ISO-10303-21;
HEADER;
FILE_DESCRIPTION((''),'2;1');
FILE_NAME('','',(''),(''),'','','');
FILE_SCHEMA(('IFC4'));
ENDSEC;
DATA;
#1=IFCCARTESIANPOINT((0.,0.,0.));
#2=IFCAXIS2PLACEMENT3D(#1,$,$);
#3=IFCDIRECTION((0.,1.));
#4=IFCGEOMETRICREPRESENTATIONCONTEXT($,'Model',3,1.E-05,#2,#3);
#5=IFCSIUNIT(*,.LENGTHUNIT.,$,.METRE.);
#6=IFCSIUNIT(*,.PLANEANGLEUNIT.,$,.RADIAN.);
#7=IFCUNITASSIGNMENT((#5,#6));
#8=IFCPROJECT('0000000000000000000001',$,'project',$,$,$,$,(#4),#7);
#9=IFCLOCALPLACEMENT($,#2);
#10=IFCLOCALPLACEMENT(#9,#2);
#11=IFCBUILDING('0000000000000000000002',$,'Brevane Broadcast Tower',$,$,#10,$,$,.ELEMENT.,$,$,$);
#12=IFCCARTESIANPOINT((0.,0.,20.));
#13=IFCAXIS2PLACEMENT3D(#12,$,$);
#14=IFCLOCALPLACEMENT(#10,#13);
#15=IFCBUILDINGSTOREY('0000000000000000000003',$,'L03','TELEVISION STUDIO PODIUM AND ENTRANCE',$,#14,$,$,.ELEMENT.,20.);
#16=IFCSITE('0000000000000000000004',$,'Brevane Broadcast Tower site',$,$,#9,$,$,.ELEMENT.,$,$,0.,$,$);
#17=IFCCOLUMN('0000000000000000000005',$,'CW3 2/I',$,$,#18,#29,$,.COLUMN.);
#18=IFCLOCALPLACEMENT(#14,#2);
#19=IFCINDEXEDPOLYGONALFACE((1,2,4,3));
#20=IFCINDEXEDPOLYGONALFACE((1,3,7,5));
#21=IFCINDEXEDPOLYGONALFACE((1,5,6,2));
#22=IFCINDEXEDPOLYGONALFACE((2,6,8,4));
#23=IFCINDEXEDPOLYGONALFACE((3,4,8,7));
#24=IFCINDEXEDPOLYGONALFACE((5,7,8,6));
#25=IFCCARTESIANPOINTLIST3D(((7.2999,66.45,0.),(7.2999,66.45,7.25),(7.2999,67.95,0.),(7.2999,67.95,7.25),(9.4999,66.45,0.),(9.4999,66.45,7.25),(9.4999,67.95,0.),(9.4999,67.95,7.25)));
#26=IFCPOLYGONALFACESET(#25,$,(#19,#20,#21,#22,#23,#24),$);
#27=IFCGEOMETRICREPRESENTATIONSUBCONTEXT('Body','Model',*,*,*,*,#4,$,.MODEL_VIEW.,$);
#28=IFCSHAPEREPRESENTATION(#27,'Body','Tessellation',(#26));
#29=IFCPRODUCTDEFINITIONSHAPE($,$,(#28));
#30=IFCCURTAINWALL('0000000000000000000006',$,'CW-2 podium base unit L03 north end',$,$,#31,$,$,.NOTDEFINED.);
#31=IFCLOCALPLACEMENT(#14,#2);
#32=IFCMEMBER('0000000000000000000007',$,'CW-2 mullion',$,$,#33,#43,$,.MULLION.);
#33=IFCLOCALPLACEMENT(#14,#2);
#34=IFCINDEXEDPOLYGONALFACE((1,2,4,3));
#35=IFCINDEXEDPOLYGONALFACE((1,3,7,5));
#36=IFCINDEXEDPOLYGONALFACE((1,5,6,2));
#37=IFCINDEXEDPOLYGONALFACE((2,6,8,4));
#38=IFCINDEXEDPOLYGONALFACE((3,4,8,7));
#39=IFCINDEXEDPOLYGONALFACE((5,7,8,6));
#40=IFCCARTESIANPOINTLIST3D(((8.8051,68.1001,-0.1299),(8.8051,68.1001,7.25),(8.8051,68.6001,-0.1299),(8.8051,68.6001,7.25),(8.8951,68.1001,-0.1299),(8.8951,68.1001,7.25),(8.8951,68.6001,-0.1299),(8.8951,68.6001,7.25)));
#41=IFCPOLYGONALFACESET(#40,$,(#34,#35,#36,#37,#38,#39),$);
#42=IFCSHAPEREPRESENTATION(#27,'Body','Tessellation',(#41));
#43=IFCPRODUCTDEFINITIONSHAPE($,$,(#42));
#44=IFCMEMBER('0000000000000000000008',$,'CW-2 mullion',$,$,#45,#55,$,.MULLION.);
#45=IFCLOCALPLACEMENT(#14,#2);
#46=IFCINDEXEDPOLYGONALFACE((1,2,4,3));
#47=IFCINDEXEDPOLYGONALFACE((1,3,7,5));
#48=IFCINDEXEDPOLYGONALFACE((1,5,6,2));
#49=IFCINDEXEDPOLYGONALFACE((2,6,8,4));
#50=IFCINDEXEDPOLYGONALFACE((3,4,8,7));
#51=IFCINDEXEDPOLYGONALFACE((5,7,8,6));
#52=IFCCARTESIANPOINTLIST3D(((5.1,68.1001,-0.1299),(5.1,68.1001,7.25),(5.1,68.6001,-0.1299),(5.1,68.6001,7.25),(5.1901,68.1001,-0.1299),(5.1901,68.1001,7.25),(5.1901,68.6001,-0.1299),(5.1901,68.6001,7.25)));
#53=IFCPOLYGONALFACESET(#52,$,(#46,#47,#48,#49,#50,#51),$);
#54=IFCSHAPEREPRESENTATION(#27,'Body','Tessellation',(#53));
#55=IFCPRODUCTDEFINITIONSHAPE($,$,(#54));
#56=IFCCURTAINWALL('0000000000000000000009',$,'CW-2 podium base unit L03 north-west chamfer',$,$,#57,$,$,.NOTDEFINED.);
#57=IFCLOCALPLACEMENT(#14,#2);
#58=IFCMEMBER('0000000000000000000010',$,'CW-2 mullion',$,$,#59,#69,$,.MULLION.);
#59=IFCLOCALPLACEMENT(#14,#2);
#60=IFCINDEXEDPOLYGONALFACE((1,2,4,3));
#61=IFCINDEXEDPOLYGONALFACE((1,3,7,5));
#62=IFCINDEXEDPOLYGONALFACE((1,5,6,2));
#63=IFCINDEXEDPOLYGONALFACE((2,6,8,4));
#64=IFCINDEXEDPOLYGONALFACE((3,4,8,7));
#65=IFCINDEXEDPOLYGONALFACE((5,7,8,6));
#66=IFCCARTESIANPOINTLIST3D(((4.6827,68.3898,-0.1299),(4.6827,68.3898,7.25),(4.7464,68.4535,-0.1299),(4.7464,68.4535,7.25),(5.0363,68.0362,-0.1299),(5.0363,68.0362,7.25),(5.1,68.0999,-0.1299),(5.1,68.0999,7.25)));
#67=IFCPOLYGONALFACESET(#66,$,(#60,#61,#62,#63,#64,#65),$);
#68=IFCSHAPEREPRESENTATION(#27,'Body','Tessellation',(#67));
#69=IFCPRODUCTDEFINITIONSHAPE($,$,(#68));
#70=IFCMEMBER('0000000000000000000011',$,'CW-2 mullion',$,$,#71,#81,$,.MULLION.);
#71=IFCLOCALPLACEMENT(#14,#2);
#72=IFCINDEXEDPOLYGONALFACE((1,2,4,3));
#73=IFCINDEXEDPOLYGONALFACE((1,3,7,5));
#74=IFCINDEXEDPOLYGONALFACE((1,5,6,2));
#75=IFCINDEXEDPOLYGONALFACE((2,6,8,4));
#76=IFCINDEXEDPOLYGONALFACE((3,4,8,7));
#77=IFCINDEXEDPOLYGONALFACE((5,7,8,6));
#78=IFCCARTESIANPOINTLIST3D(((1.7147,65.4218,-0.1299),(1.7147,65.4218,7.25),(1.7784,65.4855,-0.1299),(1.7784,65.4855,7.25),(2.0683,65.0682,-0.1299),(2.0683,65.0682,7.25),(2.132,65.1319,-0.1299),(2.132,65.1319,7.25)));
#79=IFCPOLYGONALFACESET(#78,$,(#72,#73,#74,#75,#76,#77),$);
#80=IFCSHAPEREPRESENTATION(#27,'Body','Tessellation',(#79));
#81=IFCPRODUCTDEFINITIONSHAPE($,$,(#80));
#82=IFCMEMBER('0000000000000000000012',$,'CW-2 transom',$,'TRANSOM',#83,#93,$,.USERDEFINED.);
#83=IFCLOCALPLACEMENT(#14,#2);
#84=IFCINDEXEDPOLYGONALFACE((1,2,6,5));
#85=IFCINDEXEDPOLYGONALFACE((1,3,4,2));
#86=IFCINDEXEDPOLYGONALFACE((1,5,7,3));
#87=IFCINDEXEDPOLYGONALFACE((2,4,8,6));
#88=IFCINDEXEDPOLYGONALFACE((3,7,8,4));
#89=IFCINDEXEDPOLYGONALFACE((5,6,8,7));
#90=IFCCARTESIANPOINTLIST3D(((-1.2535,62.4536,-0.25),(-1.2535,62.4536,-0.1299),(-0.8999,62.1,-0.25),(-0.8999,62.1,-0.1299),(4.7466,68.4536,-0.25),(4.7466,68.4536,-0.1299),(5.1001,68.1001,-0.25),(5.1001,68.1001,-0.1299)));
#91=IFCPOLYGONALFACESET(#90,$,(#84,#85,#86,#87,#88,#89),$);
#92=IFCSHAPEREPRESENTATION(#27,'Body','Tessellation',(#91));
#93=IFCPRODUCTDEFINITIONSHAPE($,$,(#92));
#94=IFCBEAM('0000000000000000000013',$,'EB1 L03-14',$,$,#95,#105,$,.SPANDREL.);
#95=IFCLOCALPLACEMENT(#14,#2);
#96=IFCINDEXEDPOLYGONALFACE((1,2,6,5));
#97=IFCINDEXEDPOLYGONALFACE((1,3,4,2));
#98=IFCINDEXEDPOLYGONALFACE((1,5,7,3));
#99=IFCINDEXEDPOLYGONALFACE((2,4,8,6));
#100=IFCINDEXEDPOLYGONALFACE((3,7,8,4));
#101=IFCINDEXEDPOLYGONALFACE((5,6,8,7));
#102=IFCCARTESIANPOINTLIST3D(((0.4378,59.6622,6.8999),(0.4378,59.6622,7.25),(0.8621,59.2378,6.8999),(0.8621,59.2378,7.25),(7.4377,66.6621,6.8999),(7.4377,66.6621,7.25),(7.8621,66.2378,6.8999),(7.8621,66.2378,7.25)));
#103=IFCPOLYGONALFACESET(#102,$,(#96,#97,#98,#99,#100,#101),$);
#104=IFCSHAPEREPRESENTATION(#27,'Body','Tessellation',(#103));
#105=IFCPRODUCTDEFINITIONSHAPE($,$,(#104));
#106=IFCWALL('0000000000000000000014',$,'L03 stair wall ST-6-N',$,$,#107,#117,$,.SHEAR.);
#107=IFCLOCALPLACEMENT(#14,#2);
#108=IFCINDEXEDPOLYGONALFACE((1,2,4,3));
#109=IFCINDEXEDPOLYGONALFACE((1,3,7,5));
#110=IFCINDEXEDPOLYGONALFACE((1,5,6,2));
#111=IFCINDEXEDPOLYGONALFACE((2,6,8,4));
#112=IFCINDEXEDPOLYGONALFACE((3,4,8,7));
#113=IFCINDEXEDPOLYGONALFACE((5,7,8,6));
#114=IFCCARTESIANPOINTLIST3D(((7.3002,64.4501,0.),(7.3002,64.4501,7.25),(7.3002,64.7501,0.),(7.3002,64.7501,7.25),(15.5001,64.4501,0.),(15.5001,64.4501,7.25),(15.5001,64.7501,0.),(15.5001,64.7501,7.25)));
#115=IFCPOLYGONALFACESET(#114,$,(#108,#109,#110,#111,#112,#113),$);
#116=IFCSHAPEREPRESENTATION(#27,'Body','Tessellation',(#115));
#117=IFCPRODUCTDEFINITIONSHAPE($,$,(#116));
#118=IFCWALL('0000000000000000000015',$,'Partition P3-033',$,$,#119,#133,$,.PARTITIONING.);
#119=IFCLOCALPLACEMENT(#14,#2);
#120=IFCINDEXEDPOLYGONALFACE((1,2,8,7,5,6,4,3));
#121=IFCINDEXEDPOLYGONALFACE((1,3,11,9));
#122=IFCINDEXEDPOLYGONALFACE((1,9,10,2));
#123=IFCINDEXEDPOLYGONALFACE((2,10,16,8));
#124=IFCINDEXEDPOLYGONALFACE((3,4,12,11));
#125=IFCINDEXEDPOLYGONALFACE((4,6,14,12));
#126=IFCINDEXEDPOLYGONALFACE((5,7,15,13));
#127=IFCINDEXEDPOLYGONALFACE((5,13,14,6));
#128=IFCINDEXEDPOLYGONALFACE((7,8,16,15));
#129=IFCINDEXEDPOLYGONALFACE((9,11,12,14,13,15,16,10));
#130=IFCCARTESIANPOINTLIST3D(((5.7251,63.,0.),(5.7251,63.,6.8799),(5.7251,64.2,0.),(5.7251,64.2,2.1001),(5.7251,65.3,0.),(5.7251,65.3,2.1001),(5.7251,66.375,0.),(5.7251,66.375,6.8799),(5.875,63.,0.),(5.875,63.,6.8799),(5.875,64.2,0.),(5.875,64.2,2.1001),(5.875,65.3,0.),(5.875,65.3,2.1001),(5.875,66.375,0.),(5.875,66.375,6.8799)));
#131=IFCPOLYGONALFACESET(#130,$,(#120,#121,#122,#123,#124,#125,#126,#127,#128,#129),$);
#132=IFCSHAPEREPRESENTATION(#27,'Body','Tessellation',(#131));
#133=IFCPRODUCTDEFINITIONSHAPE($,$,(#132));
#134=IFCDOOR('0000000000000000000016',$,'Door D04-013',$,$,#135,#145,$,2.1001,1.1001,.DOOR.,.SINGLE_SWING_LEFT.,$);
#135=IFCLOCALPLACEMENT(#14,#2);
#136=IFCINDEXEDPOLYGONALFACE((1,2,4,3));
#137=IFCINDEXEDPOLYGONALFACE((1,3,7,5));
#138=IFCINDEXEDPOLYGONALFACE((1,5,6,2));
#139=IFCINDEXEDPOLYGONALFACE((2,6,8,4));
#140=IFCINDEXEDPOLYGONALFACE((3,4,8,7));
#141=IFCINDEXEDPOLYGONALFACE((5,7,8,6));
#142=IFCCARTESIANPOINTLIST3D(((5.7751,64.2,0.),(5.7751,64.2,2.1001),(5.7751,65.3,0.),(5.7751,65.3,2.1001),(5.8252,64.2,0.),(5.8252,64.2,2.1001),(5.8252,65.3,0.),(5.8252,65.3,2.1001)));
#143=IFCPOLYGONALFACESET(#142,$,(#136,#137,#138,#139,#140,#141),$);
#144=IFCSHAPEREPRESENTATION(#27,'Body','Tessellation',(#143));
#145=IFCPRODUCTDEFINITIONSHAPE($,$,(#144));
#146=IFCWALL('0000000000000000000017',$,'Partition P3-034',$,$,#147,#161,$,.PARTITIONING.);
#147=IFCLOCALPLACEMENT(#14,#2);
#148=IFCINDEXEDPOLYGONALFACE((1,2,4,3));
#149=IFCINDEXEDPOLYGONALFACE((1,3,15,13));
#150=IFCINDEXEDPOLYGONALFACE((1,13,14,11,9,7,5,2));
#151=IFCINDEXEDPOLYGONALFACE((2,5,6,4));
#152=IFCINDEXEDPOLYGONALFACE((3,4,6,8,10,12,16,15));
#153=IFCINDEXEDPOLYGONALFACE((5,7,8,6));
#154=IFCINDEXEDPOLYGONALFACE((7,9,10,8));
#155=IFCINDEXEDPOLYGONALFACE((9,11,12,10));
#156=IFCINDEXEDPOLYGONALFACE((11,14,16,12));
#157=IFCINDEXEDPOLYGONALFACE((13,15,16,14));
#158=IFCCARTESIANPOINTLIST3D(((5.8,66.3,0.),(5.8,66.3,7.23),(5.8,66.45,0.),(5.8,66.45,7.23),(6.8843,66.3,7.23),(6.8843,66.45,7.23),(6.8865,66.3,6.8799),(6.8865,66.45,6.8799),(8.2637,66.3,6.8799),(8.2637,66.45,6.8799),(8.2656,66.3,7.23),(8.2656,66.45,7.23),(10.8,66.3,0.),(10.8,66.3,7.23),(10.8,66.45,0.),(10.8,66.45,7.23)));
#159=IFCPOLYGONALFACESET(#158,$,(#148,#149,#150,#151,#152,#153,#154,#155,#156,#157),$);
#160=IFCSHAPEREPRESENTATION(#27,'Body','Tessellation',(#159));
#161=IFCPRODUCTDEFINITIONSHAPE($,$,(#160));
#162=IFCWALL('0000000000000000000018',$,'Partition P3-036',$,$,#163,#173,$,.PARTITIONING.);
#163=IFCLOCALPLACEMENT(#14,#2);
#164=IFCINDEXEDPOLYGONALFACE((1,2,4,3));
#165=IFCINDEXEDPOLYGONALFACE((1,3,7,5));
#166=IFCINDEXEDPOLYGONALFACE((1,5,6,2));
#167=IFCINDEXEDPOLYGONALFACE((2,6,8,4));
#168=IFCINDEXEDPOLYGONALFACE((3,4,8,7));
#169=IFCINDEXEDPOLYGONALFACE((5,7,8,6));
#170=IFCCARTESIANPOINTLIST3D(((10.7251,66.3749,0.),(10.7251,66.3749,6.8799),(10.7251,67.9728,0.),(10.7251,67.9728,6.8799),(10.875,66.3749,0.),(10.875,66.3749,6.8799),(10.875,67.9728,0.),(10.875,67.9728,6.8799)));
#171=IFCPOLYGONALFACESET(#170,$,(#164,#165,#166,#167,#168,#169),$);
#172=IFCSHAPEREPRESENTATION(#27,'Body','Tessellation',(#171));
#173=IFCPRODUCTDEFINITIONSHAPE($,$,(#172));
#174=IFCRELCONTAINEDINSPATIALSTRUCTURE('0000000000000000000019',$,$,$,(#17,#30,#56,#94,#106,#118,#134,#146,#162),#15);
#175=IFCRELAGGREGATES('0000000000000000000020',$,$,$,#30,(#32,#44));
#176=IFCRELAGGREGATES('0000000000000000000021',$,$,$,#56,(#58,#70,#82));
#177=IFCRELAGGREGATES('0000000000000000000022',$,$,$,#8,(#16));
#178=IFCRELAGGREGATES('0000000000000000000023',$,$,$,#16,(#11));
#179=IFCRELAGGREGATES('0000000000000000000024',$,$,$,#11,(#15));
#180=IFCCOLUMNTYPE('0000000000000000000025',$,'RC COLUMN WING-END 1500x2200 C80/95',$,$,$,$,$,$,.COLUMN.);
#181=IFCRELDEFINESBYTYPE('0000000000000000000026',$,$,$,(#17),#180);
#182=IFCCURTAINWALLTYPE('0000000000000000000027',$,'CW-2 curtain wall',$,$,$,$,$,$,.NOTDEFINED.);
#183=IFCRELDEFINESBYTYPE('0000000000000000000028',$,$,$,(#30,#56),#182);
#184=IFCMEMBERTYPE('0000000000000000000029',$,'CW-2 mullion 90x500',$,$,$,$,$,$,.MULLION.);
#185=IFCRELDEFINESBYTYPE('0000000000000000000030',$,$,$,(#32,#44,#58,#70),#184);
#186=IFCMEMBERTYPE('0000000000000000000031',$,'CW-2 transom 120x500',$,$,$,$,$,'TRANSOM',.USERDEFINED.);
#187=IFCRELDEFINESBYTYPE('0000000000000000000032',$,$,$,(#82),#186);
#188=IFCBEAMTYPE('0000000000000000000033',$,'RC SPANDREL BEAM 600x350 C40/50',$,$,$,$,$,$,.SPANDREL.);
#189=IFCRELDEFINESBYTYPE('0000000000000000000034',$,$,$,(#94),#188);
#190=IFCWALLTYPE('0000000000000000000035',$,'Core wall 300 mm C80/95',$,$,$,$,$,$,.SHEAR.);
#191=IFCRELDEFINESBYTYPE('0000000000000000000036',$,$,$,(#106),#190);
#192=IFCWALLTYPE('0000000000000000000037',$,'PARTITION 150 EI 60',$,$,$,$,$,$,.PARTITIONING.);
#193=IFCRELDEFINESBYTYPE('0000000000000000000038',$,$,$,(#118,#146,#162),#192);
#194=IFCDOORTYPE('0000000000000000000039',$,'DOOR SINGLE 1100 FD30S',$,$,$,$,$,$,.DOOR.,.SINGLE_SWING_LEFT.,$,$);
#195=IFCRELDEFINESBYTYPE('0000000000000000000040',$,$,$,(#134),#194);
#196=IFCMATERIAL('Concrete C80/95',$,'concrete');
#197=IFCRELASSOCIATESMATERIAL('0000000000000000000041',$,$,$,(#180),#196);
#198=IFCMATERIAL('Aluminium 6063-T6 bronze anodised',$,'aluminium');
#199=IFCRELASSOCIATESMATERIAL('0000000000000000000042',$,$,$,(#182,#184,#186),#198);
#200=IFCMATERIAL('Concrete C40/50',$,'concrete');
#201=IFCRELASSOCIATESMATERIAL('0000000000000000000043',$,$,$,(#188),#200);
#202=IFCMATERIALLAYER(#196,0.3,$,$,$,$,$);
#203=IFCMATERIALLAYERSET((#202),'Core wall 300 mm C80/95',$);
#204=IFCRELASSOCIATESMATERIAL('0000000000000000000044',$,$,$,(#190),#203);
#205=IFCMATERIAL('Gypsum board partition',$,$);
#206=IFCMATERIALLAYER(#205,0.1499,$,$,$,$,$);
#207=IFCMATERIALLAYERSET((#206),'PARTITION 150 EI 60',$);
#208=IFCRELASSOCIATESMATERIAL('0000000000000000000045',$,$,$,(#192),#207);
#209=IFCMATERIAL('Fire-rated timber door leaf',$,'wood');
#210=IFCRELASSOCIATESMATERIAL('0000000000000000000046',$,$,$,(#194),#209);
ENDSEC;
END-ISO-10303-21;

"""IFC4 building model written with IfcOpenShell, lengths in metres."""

from ifc_helpers import new_model, si_unit, direction, frame, frame_2d, origin, origin_2d, place, context, subcontext, project, spatial, polyline, rectangle, outline, extrude, material, layer, layer_set, material_profile, profile_set, type_object, element, fill, aggregate, save


model = new_model("IFC4")

# Units and contexts
model_context = context("Model", 3, precision=1e-05, world=origin(), true_north=direction((0.0, 1.0)))
body_context = subcontext(model_context, "Body", "Model", "MODEL_VIEW")
ifc_project = project(units=[si_unit("LENGTHUNIT", "METRE"), si_unit("PLANEANGLEUNIT", "RADIAN")], contexts=[model_context])

# Site, building, storey
site_placement = place(None, origin())
site = spatial("IfcSite", under=ifc_project, at=site_placement, Name="Brevane Broadcast Tower site", CompositionType="ELEMENT", RefElevation=0.0)
building_placement = place(site_placement, origin())
building = spatial("IfcBuilding", under=site, at=building_placement, Name="Brevane Broadcast Tower", CompositionType="ELEMENT")
storey_placement = place(building_placement, frame((0.0, 0.0, 20.0)))
storey = spatial("IfcBuildingStorey", under=building, at=storey_placement, Name="L03", Description="TELEVISION STUDIO PODIUM AND ENTRANCE", CompositionType="ELEMENT", Elevation=20.0)

# Column
ifc_material_1 = material(Name="Concrete C80/95", Category="concrete")
ifc_material_profile_1 = material_profile(ifc_material_1, rectangle(XDim=1.5, YDim=2.2, at=origin_2d()), Name="RC 1500x2200")
ifc_profile_set_1 = profile_set([ifc_material_profile_1], Name="Concrete C80/95")
column_type = type_object("IfcColumnType", Name="RC COLUMN WING-END 1500x2200 C80/95", PredefinedType="COLUMN", material=ifc_profile_set_1)
column_placement = place(storey_placement, frame((8.3999, 67.2, 0.0), z_axis=(0.0, 0.0, 1.0), x_axis=(0.0, 1.0, 0.0)))
element("IfcColumn", 1, at=column_placement, inside=storey, type_object=column_type, Name="CW3 2/I", PredefinedType="COLUMN", context=body_context, shape_type="SweptSolid", body=[
    extrude(rectangle(XDim=1.5, YDim=2.2, at=origin_2d()), origin(), (0.0, 0.0, 1.0), 7.25),
])

# Curtain walls, members
ifc_material_2 = material(Name="Aluminium 6063-T6 bronze anodised", Category="aluminium")
curtain_wall_type = type_object("IfcCurtainWallType", Name="CW-2 curtain wall", PredefinedType="NOTDEFINED", material=ifc_material_2)
curtain_wall_1_placement = place(storey_placement, origin())
curtain_wall_1 = element("IfcCurtainWall", 2, at=curtain_wall_1_placement, inside=storey, type_object=curtain_wall_type, Name="CW-2 podium base unit L03 north end", PredefinedType="NOTDEFINED")
ifc_material_profile_2 = material_profile(ifc_material_2, rectangle(XDim=0.5, YDim=0.0901, at=origin_2d()), Name="RECT 90x500")
ifc_profile_set_2 = profile_set([ifc_material_profile_2], Name="Aluminium 6063-T6 bronze anodised")
member_type_1 = type_object("IfcMemberType", Name="CW-2 mullion 90x500", PredefinedType="MULLION", material=ifc_profile_set_2)
member_1_placement = place(storey_placement, frame((8.8501, 68.3501, -0.1299), z_axis=(0.0, 0.0, 1.0), x_axis=(0.0, -1.0, 0.0)))
member_1 = element("IfcMember", 3, at=member_1_placement, type_object=member_type_1, Name="CW-2 mullion", PredefinedType="MULLION", context=body_context, shape_type="SweptSolid", body=[
    extrude(rectangle(XDim=0.5, YDim=0.0901, at=origin_2d()), origin(), (0.0, 0.0, 1.0), 7.3799),
])
member_2_placement = place(storey_placement, frame((5.145, 68.3501, -0.1299), z_axis=(0.0, 0.0, 1.0), x_axis=(0.0, -1.0, 0.0)))
member_2 = element("IfcMember", 4, at=member_2_placement, type_object=member_type_1, Name="CW-2 mullion", PredefinedType="MULLION", context=body_context, shape_type="SweptSolid", body=[
    extrude(rectangle(XDim=0.5, YDim=0.0901, at=origin_2d()), origin(), (0.0, 0.0, 1.0), 7.3799),
])
aggregate(curtain_wall_1, [member_1, member_2])
curtain_wall_2_placement = place(storey_placement, origin())
curtain_wall_2 = element("IfcCurtainWall", 5, at=curtain_wall_2_placement, inside=storey, type_object=curtain_wall_type, Name="CW-2 podium base unit L03 north-west chamfer", PredefinedType="NOTDEFINED")
member_3_placement = place(storey_placement, frame((4.8914, 68.2449, -0.1299), z_axis=(0.0, 0.0, 1.0), x_axis=(0.707107, -0.707107, 0.0)))
member_3 = element("IfcMember", 6, at=member_3_placement, type_object=member_type_1, Name="CW-2 mullion", PredefinedType="MULLION", context=body_context, shape_type="SweptSolid", body=[
    extrude(rectangle(XDim=0.5, YDim=0.0901, at=origin_2d()), origin(), (0.0, 0.0, 1.0), 7.3799),
])
member_4_placement = place(storey_placement, frame((1.9233, 65.2769, -0.1299), z_axis=(0.0, 0.0, 1.0), x_axis=(0.707107, -0.707107, 0.0)))
member_4 = element("IfcMember", 7, at=member_4_placement, type_object=member_type_1, Name="CW-2 mullion", PredefinedType="MULLION", context=body_context, shape_type="SweptSolid", body=[
    extrude(rectangle(XDim=0.5, YDim=0.0901, at=origin_2d()), origin(), (0.0, 0.0, 1.0), 7.3799),
])
ifc_material_profile_3 = material_profile(ifc_material_2, rectangle(XDim=0.5, YDim=0.1201, at=origin_2d()), Name="RECT 120x500")
ifc_profile_set_3 = profile_set([ifc_material_profile_3], Name="Aluminium 6063-T6 bronze anodised")
member_type_2 = type_object("IfcMemberType", Name="CW-2 transom 120x500", ElementType="TRANSOM", PredefinedType="USERDEFINED", material=ifc_profile_set_3)
member_5_placement = place(storey_placement, frame((4.9233, 68.2769, -0.1899), z_axis=(-0.707107, -0.707107, 0.0), x_axis=(0.707107, -0.707107, 0.0)))
member_5 = element("IfcMember", 8, at=member_5_placement, type_object=member_type_2, Name="CW-2 transom", ObjectType="TRANSOM", PredefinedType="USERDEFINED", context=body_context, shape_type="SweptSolid", body=[
    extrude(rectangle(XDim=0.5, YDim=0.1201, at=origin_2d()), origin(), (0.0, 0.0, 1.0), 8.4854),
])
aggregate(curtain_wall_2, [member_3, member_4, member_5])

# Beam
ifc_material_3 = material(Name="Concrete C40/50", Category="concrete")
ifc_material_profile_4 = material_profile(ifc_material_3, rectangle(XDim=0.6001, YDim=0.3501, at=origin_2d()), Name="RC 600x350")
ifc_profile_set_4 = profile_set([ifc_material_profile_4], Name="Concrete C40/50")
beam_type = type_object("IfcBeamType", Name="RC SPANDREL BEAM 600x350 C40/50", PredefinedType="SPANDREL", material=ifc_profile_set_4)
beam_placement = place(storey_placement, frame((7.6499, 66.45, 7.075), z_axis=(-0.707107, -0.707107, 0.0), x_axis=(0.707107, -0.707107, 0.0)))
element("IfcBeam", 9, at=beam_placement, inside=storey, type_object=beam_type, Name="EB1 L03-14", PredefinedType="SPANDREL", context=body_context, shape_type="SweptSolid", body=[
    extrude(rectangle(XDim=0.6001, YDim=0.3501, at=origin_2d()), origin(), (0.0, 0.0, 1.0), 9.8994),
])

# Wall
ifc_layer_1 = layer(ifc_material_1, 0.3)
ifc_layer_set_1 = layer_set([ifc_layer_1], Name="Core wall 300 mm C80/95")
wall_type_1 = type_object("IfcWallType", Name="Core wall 300 mm C80/95", PredefinedType="SHEAR", material=ifc_layer_set_1)
wall_1_placement = place(storey_placement, frame((7.3, 64.6001, 0.0), z_axis=(0.0, 0.0, 1.0), x_axis=(1.0, 0.0, 0.0)))
element("IfcWall", 10, at=wall_1_placement, inside=storey, type_object=wall_type_1, Name="L03 stair wall ST-6-N", PredefinedType="SHEAR", context=body_context, shape_type="SweptSolid", body=[
    extrude(rectangle(XDim=8.2, YDim=0.3, at=frame_2d((4.1001, 0.0))), origin(), (0.0, 0.0, 1.0), 7.25),
])

# Wall, opening, door
ifc_material_4 = material(Name="Gypsum board partition")
ifc_layer_2 = layer(ifc_material_4, 0.1499)
ifc_layer_set_2 = layer_set([ifc_layer_2], Name="PARTITION 150 EI 60")
wall_type_2 = type_object("IfcWallType", Name="PARTITION 150 EI 60", PredefinedType="PARTITIONING", material=ifc_layer_set_2)
wall_2_placement = place(storey_placement, frame((5.8, 63.0, 0.0), z_axis=(0.0, 0.0, 1.0), x_axis=(0.0, 1.0, 0.0)))
wall_2 = element("IfcWall", 11, at=wall_2_placement, inside=storey, type_object=wall_type_2, Name="Partition P3-033", PredefinedType="PARTITIONING", context=body_context, shape_type="SweptSolid", body=[
    extrude(rectangle(XDim=3.375, YDim=0.1499, at=frame_2d((1.6875, 0.0))), origin(), (0.0, 0.0, 1.0), 6.8799),
])
opening_placement = place(wall_2_placement, frame((1.2, 0.0, 0.0)))
opening = element("IfcOpeningElement", 12, at=opening_placement, cuts=wall_2, PredefinedType="OPENING", context=body_context, shape_type="SweptSolid", body=[
    extrude(rectangle(XDim=1.1001, YDim=2.1001, at=frame_2d((0.55, 1.05))), frame((0.0, 0.085, 0.0), z_axis=(0.0, -1.0, 0.0), x_axis=(1.0, 0.0, 0.0)), (0.0, 0.0, 1.0), 0.1699),
])
ifc_material_5 = material(Name="Fire-rated timber door leaf", Category="wood")
door_type = type_object("IfcDoorType", Name="DOOR SINGLE 1100 FD30S", OperationType="SINGLE_SWING_LEFT", PredefinedType="DOOR", material=ifc_material_5)
door_placement = place(opening_placement, origin())
door = element("IfcDoor", 13, at=door_placement, inside=storey, type_object=door_type, Name="Door D04-013", OperationType="SINGLE_SWING_LEFT", OverallHeight=2.1001, OverallWidth=1.1001, PredefinedType="DOOR", context=body_context, shape_type="SweptSolid", body=[
    extrude(rectangle(XDim=1.1001, YDim=2.1001, at=frame_2d((0.55, 1.05))), frame((0.0, 0.0249, 0.0), z_axis=(0.0, -1.0, 0.0), x_axis=(1.0, 0.0, 0.0)), (0.0, 0.0, 1.0), 0.05),
])
fill(opening, door)

# Walls
wall_3_placement = place(storey_placement, frame((5.8, 66.375, 0.0), z_axis=(0.0, 0.0, 1.0), x_axis=(1.0, 0.0, 0.0)))
element("IfcWall", 14, at=wall_3_placement, inside=storey, type_object=wall_type_2, Name="Partition P3-034", PredefinedType="PARTITIONING", context=body_context, shape_type="SweptSolid", body=[
    extrude(outline(polyline([(0.0, 0.0), (5.0, 0.0), (5.0, 7.23), (2.4656, 7.23), (2.4636, 6.8799), (1.0864, 6.8799), (1.0842, 7.23), (0.0, 7.23), (0.0, 0.0)])), frame((0.0, 0.075, 0.0), z_axis=(0.0, -1.0, 0.0), x_axis=(1.0, 0.0, 0.0)), (0.0, 0.0, 1.0), 0.1499),
])
wall_4_placement = place(storey_placement, frame((10.8, 66.375, 0.0), z_axis=(0.0, 0.0, 1.0), x_axis=(0.0, 1.0, 0.0)))
element("IfcWall", 15, at=wall_4_placement, inside=storey, type_object=wall_type_2, Name="Partition P3-036", PredefinedType="PARTITIONING", context=body_context, shape_type="SweptSolid", body=[
    extrude(rectangle(XDim=1.5979, YDim=0.1499, at=frame_2d((0.7988, 0.0))), origin(), (0.0, 0.0, 1.0), 6.8799),
])

save(model, "model.ifc")
